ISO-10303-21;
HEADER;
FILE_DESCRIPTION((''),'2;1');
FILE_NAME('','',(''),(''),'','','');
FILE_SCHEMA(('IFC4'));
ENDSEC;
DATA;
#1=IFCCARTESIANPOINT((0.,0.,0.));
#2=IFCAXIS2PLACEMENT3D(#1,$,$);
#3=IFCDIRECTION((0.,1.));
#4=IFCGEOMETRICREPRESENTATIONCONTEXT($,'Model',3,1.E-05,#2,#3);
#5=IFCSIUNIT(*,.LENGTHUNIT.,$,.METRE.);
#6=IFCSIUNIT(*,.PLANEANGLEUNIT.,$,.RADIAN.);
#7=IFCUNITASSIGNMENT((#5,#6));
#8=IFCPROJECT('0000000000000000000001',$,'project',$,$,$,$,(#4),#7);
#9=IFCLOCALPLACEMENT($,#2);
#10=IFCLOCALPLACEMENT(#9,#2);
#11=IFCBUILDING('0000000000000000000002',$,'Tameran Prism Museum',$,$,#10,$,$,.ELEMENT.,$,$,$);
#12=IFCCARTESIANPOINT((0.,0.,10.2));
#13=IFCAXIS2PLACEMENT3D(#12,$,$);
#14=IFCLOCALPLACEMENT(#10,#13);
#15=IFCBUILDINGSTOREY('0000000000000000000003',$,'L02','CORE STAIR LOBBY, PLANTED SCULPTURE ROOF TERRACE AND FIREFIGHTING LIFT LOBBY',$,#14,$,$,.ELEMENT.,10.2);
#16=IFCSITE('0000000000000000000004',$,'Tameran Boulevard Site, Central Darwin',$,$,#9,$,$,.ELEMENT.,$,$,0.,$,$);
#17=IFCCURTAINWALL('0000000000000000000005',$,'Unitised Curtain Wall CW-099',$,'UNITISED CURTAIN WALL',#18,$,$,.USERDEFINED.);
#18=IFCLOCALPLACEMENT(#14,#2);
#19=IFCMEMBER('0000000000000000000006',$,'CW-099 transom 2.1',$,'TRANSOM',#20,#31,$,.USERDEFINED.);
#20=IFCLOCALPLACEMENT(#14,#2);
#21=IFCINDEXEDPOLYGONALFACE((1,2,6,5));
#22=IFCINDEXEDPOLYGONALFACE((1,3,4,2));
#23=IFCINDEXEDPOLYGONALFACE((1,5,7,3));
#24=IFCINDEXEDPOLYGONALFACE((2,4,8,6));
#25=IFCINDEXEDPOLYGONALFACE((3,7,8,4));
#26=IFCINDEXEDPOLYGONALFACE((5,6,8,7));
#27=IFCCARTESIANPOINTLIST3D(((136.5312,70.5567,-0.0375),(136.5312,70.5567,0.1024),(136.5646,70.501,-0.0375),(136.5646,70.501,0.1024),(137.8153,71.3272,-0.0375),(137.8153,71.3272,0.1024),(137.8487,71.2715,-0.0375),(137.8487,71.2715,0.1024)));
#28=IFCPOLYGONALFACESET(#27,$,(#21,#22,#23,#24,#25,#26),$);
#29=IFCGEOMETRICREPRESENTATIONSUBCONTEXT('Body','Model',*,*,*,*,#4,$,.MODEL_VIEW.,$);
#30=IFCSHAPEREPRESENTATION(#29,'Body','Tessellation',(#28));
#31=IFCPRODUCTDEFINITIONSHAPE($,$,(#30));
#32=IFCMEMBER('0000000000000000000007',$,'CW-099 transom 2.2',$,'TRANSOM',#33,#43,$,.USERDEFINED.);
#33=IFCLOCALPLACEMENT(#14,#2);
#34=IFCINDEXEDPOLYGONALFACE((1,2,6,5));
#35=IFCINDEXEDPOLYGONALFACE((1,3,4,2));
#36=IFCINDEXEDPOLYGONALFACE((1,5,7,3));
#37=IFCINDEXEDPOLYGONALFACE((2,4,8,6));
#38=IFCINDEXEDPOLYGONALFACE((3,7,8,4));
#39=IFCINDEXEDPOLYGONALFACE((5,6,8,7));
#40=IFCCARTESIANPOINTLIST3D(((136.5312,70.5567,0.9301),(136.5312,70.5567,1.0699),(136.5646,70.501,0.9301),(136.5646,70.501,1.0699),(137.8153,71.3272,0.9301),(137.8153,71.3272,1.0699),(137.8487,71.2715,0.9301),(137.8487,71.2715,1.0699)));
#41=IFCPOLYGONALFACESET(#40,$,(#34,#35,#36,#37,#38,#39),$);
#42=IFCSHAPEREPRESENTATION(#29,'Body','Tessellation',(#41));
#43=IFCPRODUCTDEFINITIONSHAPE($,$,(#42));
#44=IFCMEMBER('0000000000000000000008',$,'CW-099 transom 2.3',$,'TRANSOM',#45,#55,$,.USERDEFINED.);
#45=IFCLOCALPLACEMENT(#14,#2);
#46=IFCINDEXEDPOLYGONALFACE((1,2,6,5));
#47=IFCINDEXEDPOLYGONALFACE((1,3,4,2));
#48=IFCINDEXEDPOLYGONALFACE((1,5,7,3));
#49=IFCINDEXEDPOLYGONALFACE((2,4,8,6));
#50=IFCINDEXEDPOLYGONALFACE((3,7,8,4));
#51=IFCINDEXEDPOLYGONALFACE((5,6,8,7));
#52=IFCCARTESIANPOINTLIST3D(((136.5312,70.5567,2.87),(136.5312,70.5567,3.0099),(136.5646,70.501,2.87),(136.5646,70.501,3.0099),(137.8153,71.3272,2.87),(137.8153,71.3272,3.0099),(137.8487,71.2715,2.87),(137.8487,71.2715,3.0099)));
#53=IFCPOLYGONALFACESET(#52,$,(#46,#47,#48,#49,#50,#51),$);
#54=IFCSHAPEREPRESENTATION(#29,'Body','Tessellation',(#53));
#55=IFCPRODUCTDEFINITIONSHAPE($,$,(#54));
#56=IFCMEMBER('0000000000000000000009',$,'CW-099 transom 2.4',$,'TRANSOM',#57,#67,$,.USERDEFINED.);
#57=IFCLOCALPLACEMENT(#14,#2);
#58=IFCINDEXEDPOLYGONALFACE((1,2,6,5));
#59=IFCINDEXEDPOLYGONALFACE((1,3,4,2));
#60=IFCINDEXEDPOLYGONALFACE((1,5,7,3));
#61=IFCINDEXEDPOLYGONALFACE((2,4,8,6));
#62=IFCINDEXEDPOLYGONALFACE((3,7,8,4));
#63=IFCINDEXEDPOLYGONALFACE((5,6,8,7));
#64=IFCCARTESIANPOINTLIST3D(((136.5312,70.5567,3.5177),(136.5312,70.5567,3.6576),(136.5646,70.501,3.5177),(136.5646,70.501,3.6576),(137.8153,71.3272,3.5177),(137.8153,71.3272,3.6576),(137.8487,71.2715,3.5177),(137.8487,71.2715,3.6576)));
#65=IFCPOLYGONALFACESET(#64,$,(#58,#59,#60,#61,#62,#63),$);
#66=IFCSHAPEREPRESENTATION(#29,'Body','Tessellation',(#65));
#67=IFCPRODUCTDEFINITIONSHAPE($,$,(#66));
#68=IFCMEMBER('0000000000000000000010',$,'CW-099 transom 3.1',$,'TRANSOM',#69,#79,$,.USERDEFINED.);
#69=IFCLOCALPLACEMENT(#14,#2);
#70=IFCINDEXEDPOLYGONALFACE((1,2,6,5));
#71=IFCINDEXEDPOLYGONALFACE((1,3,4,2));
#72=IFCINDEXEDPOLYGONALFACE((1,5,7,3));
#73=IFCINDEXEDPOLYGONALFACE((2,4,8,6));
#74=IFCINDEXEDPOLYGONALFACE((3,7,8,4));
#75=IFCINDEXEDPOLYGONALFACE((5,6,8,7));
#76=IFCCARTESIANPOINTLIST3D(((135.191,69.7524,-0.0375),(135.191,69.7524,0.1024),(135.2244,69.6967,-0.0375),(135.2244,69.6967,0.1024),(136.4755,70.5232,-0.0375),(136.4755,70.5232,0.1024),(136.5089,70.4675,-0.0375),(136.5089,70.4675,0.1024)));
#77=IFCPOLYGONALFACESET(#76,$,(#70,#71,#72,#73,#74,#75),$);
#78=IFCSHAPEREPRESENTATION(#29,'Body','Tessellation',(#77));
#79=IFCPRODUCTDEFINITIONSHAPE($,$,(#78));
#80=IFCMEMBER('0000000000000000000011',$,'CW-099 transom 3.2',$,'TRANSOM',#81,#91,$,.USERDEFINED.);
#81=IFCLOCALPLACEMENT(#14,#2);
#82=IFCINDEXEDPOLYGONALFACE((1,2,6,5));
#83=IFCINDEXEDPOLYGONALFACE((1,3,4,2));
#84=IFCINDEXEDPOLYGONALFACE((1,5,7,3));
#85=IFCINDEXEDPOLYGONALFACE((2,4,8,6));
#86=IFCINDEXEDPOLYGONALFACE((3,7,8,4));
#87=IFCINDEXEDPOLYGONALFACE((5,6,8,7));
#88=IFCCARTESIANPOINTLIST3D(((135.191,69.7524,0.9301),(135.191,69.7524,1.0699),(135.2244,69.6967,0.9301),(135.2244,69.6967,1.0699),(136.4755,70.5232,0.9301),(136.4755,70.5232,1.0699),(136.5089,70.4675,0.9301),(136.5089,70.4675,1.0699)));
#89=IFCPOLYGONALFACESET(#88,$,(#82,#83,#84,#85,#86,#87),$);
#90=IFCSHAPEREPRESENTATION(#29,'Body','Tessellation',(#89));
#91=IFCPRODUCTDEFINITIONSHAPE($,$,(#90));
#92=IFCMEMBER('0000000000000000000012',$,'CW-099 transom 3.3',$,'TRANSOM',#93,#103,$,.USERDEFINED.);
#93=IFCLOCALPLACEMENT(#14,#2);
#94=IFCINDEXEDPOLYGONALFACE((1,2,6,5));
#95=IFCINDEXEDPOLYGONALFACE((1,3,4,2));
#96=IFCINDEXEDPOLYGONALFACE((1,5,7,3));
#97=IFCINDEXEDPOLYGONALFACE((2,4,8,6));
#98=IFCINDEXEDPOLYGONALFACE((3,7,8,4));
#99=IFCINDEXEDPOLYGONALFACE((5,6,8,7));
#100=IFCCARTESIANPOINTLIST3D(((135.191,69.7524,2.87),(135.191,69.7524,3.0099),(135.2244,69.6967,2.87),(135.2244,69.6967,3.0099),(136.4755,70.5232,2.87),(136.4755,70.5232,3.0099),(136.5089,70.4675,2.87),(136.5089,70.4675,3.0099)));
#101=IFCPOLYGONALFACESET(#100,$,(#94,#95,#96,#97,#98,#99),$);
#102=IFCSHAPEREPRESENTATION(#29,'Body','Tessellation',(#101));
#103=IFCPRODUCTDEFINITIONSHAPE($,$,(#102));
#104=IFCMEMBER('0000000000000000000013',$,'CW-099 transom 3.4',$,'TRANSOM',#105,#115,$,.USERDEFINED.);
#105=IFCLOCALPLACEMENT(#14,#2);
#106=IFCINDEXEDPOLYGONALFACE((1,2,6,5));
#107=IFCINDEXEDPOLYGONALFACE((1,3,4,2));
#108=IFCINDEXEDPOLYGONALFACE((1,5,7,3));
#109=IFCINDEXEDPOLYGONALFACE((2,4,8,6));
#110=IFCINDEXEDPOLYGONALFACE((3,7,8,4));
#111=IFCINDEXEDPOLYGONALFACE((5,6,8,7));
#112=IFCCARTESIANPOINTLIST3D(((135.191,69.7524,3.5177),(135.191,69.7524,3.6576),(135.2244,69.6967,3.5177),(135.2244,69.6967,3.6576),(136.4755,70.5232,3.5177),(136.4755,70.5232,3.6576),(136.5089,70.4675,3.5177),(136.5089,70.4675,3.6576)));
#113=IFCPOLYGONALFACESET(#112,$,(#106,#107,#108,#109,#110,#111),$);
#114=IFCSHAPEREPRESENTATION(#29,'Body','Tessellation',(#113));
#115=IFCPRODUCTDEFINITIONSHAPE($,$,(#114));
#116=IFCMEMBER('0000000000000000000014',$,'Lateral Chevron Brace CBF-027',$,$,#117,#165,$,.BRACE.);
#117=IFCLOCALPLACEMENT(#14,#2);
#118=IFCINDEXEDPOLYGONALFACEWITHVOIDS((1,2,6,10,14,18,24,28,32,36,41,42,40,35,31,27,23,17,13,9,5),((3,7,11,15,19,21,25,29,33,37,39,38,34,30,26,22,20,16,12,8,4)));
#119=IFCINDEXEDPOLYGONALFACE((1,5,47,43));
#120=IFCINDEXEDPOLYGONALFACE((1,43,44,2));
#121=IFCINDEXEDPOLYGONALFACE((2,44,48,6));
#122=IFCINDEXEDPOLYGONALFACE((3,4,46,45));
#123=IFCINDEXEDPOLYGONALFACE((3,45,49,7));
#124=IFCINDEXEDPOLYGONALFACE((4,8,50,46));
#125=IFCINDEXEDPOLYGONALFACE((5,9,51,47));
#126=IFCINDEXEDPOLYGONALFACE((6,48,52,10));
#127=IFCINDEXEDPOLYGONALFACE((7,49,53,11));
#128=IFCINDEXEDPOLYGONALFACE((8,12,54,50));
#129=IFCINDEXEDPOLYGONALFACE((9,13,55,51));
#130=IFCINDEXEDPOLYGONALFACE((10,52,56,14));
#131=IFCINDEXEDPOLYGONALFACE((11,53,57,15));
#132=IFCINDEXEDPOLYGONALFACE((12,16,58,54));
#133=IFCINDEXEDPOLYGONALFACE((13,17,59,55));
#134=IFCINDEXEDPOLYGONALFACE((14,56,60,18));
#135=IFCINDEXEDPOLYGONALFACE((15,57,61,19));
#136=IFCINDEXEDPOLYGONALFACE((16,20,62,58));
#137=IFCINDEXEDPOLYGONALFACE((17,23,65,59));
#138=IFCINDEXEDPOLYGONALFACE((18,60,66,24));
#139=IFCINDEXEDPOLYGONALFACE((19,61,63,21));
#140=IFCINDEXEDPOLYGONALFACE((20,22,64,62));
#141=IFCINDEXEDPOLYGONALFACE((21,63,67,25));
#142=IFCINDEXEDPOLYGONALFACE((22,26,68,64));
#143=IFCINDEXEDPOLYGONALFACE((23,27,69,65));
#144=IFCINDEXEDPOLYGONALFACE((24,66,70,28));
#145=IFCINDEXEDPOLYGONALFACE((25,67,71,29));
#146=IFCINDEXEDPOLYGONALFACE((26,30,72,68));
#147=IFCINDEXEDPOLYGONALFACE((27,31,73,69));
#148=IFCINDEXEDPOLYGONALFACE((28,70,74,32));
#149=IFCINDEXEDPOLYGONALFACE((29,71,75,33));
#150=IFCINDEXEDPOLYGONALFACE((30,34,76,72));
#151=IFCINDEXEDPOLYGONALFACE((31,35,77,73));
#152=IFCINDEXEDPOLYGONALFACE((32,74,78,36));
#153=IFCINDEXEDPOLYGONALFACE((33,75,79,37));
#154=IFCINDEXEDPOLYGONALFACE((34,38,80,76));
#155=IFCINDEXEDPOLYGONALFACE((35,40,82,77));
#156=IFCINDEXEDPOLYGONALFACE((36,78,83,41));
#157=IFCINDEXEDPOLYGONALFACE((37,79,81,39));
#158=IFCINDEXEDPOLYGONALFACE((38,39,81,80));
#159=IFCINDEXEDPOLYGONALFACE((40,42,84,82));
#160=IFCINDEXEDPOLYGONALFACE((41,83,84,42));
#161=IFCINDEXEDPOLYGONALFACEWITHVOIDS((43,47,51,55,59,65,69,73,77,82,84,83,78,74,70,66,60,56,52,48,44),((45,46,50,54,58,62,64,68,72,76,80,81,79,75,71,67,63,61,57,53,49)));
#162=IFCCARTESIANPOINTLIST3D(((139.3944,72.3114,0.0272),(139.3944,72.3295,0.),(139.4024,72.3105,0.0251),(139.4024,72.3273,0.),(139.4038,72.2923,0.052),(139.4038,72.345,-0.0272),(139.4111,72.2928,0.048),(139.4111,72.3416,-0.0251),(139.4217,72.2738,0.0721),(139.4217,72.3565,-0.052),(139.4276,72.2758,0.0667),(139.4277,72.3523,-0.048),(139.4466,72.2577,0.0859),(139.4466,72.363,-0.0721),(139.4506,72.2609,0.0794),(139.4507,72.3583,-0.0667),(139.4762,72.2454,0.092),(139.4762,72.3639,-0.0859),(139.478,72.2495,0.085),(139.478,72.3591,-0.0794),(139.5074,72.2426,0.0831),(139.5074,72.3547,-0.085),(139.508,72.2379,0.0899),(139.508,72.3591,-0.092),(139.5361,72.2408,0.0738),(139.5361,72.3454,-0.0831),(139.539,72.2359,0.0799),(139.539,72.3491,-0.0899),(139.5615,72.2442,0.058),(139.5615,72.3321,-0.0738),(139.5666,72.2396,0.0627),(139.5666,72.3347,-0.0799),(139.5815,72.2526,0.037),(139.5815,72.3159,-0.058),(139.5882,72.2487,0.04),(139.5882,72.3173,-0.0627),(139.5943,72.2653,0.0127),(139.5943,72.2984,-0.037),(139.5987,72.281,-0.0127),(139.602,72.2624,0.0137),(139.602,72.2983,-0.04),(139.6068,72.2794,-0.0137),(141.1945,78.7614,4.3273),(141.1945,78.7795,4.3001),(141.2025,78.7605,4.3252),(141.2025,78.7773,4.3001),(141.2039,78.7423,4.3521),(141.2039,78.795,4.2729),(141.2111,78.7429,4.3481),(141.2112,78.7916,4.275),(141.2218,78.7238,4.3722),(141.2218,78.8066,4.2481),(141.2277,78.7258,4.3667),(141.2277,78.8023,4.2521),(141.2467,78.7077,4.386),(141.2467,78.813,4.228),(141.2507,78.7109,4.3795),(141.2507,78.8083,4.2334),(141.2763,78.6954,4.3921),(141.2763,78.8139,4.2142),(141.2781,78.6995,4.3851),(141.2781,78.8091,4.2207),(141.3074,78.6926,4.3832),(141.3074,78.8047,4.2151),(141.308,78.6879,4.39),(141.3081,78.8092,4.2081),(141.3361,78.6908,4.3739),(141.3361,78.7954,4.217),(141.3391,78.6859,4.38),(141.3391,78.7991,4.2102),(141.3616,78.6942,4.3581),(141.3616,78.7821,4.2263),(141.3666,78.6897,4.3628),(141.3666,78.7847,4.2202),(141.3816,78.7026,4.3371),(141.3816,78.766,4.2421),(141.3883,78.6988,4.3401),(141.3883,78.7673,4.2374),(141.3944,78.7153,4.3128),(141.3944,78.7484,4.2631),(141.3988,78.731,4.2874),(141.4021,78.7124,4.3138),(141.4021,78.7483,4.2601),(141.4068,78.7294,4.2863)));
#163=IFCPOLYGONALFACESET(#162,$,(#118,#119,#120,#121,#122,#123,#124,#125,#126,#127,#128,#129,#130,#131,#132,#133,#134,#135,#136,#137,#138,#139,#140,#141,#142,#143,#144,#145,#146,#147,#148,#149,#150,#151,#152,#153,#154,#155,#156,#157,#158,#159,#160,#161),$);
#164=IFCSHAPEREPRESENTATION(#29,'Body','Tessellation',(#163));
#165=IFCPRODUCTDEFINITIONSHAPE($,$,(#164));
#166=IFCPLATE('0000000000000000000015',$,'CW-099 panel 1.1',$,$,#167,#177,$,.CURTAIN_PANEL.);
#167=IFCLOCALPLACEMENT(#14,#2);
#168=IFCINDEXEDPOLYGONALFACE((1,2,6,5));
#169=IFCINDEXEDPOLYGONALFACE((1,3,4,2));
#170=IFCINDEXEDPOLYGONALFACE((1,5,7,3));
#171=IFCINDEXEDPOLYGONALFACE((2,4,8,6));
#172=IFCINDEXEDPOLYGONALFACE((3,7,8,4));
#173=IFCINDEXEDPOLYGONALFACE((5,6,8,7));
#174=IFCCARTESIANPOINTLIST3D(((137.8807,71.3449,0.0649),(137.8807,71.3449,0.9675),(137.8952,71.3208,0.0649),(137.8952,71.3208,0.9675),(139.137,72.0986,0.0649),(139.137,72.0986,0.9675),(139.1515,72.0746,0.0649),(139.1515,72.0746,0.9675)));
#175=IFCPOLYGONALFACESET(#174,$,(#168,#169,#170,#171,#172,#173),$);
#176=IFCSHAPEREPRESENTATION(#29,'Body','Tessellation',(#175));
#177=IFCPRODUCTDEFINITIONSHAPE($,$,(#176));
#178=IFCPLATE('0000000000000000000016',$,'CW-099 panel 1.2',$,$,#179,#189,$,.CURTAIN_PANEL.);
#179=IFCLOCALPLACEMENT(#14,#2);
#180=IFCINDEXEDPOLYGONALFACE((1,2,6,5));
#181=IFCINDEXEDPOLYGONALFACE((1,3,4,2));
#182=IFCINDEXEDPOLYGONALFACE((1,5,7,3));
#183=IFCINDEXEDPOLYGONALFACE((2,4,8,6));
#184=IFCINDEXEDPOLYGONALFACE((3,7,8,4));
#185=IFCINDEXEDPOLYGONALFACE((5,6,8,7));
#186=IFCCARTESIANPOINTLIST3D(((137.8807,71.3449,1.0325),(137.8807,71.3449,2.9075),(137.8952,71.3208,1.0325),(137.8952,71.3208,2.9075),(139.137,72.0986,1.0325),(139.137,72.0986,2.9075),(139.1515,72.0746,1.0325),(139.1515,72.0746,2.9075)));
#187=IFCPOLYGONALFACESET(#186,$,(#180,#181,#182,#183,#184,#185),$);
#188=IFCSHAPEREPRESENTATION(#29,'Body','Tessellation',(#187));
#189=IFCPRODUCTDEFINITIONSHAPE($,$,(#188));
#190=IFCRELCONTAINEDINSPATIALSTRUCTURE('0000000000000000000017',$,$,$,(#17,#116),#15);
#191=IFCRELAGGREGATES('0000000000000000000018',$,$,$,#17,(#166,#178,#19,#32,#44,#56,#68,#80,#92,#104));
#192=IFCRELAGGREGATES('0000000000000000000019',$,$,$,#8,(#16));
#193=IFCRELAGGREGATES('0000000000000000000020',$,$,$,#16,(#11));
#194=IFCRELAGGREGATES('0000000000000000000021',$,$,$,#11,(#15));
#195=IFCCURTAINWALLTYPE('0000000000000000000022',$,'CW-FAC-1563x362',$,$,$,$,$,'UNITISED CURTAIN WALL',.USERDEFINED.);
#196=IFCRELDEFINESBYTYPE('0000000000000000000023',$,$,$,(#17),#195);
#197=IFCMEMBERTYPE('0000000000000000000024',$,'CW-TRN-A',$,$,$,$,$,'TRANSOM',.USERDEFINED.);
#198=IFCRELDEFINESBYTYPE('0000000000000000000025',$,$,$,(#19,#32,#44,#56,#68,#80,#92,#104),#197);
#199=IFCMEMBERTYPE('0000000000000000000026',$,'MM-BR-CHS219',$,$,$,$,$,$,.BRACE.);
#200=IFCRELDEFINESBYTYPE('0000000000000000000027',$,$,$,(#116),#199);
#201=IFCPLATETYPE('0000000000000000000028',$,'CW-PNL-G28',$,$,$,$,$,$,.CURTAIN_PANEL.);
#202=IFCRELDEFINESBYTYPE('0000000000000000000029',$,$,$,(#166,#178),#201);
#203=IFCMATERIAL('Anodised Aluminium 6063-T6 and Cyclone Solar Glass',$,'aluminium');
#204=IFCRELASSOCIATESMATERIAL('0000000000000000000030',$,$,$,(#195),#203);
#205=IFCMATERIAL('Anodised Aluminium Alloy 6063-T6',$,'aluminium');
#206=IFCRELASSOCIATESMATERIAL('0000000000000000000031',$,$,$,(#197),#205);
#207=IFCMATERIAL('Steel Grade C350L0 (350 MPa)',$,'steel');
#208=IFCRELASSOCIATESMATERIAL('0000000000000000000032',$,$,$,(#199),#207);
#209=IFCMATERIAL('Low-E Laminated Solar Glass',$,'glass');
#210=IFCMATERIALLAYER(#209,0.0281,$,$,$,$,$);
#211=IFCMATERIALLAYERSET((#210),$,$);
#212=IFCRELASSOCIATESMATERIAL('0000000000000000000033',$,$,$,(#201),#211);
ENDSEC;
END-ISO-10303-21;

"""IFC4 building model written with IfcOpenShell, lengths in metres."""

from ifc_helpers import new_model, si_unit, direction, frame, origin, origin_2d, place, context, subcontext, project, spatial, rectangle, hollow_circle, extrude, material, layer, layer_set, material_profile, profile_set, type_object, element, aggregate, save


model = new_model("IFC4")

# Units and contexts
model_context = context("Model", 3, precision=1e-05, world=origin(), true_north=direction((0.0, 1.0)))
body_context = subcontext(model_context, "Body", "Model", "MODEL_VIEW")
ifc_project = project(units=[si_unit("LENGTHUNIT", "METRE"), si_unit("PLANEANGLEUNIT", "RADIAN")], contexts=[model_context])

# Site, building, storey
site_placement = place(None, origin())
site = spatial("IfcSite", under=ifc_project, at=site_placement, Name="Tameran Boulevard Site, Central Darwin", CompositionType="ELEMENT", RefElevation=0.0)
building_placement = place(site_placement, origin())
building = spatial("IfcBuilding", under=site, at=building_placement, Name="Tameran Prism Museum", CompositionType="ELEMENT")
storey_placement = place(building_placement, frame((0.0, 0.0, 10.2)))
storey = spatial("IfcBuildingStorey", under=building, at=storey_placement, Name="L02", Description="CORE STAIR LOBBY, PLANTED SCULPTURE ROOF TERRACE AND FIREFIGHTING LIFT LOBBY", CompositionType="ELEMENT", Elevation=10.2)

# Curtain wall, members
ifc_material_1 = material(Name="Anodised Aluminium 6063-T6 and Cyclone Solar Glass", Category="aluminium")
curtain_wall_type = type_object("IfcCurtainWallType", Name="CW-FAC-1563x362", ElementType="UNITISED CURTAIN WALL", PredefinedType="USERDEFINED", material=ifc_material_1)
curtain_wall_placement = place(storey_placement, origin())
curtain_wall = element("IfcCurtainWall", 1, at=curtain_wall_placement, inside=storey, type_object=curtain_wall_type, Name="Unitised Curtain Wall CW-099", ObjectType="UNITISED CURTAIN WALL", PredefinedType="USERDEFINED")
ifc_material_2 = material(Name="Anodised Aluminium Alloy 6063-T6", Category="aluminium")
ifc_material_profile_1 = material_profile(ifc_material_2, rectangle(XDim=0.0649, YDim=0.1399, at=origin_2d()))
ifc_profile_set_1 = profile_set([ifc_material_profile_1])
member_type_1 = type_object("IfcMemberType", Name="CW-TRN-A", ElementType="TRANSOM", PredefinedType="USERDEFINED", material=ifc_profile_set_1)
member_1_placement = place(storey_placement, frame((137.832, 71.2993, 0.0325), z_axis=(-0.857493, -0.514496, 0.0), x_axis=(0.514496, -0.857493, 0.0)))
member_1 = element("IfcMember", 2, at=member_1_placement, type_object=member_type_1, Name="CW-099 transom 2.1", ObjectType="TRANSOM", PredefinedType="USERDEFINED", context=body_context, shape_type="SweptSolid", body=[
    extrude(rectangle(XDim=0.0649, YDim=0.1399, at=origin_2d()), origin(), (0.0, 0.0, 1.0), 1.4976),
])
member_2_placement = place(storey_placement, frame((137.832, 71.2993, 1.0), z_axis=(-0.857493, -0.514496, 0.0), x_axis=(0.514496, -0.857493, 0.0)))
member_2 = element("IfcMember", 3, at=member_2_placement, type_object=member_type_1, Name="CW-099 transom 2.2", ObjectType="TRANSOM", PredefinedType="USERDEFINED", context=body_context, shape_type="SweptSolid", body=[
    extrude(rectangle(XDim=0.0649, YDim=0.1399, at=origin_2d()), origin(), (0.0, 0.0, 1.0), 1.4976),
])
member_3_placement = place(storey_placement, frame((137.832, 71.2993, 2.9399), z_axis=(-0.857493, -0.514496, 0.0), x_axis=(0.514496, -0.857493, 0.0)))
member_3 = element("IfcMember", 4, at=member_3_placement, type_object=member_type_1, Name="CW-099 transom 2.3", ObjectType="TRANSOM", PredefinedType="USERDEFINED", context=body_context, shape_type="SweptSolid", body=[
    extrude(rectangle(XDim=0.0649, YDim=0.1399, at=origin_2d()), origin(), (0.0, 0.0, 1.0), 1.4976),
])
member_4_placement = place(storey_placement, frame((137.832, 71.2993, 3.5876), z_axis=(-0.857493, -0.514496, 0.0), x_axis=(0.514496, -0.857493, 0.0)))
member_4 = element("IfcMember", 5, at=member_4_placement, type_object=member_type_1, Name="CW-099 transom 2.4", ObjectType="TRANSOM", PredefinedType="USERDEFINED", context=body_context, shape_type="SweptSolid", body=[
    extrude(rectangle(XDim=0.0649, YDim=0.1399, at=origin_2d()), origin(), (0.0, 0.0, 1.0), 1.4976),
])
member_5_placement = place(storey_placement, frame((136.4922, 70.4954, 0.0325), z_axis=(-0.857464, -0.514544, 0.0), x_axis=(0.514544, -0.857464, 0.0)))
member_5 = element("IfcMember", 6, at=member_5_placement, type_object=member_type_1, Name="CW-099 transom 3.1", ObjectType="TRANSOM", PredefinedType="USERDEFINED", context=body_context, shape_type="SweptSolid", body=[
    extrude(rectangle(XDim=0.0649, YDim=0.1399, at=origin_2d()), origin(), (0.0, 0.0, 1.0), 1.498),
])
member_6_placement = place(storey_placement, frame((136.4922, 70.4954, 1.0), z_axis=(-0.857464, -0.514544, 0.0), x_axis=(0.514544, -0.857464, 0.0)))
member_6 = element("IfcMember", 7, at=member_6_placement, type_object=member_type_1, Name="CW-099 transom 3.2", ObjectType="TRANSOM", PredefinedType="USERDEFINED", context=body_context, shape_type="SweptSolid", body=[
    extrude(rectangle(XDim=0.0649, YDim=0.1399, at=origin_2d()), origin(), (0.0, 0.0, 1.0), 1.498),
])
member_7_placement = place(storey_placement, frame((136.4922, 70.4954, 2.9399), z_axis=(-0.857464, -0.514544, 0.0), x_axis=(0.514544, -0.857464, 0.0)))
member_7 = element("IfcMember", 8, at=member_7_placement, type_object=member_type_1, Name="CW-099 transom 3.3", ObjectType="TRANSOM", PredefinedType="USERDEFINED", context=body_context, shape_type="SweptSolid", body=[
    extrude(rectangle(XDim=0.0649, YDim=0.1399, at=origin_2d()), origin(), (0.0, 0.0, 1.0), 1.498),
])
member_8_placement = place(storey_placement, frame((136.4922, 70.4954, 3.5876), z_axis=(-0.857464, -0.514544, 0.0), x_axis=(0.514544, -0.857464, 0.0)))
member_8 = element("IfcMember", 9, at=member_8_placement, type_object=member_type_1, Name="CW-099 transom 3.4", ObjectType="TRANSOM", PredefinedType="USERDEFINED", context=body_context, shape_type="SweptSolid", body=[
    extrude(rectangle(XDim=0.0649, YDim=0.1399, at=origin_2d()), origin(), (0.0, 0.0, 1.0), 1.498),
])

# Member
ifc_material_3 = material(Name="Steel Grade C350L0 (350 MPa)", Category="steel")
ifc_material_profile_2 = material_profile(ifc_material_3, hollow_circle(Radius=0.1096, WallThickness=0.0083, at=origin_2d()))
ifc_profile_set_2 = profile_set([ifc_material_profile_2])
member_type_2 = type_object("IfcMemberType", Name="MM-BR-CHS219", PredefinedType="BRACE", material=ifc_profile_set_2)
member_9_placement = place(storey_placement, frame((139.5, 72.3, 0.0), z_axis=(0.226189, 0.810482, 0.540331), x_axis=(-0.963194, 0.268808, 0.0)))
element("IfcMember", 10, at=member_9_placement, inside=storey, type_object=member_type_2, Name="Lateral Chevron Brace CBF-027", PredefinedType="BRACE", context=body_context, shape_type="SweptSolid", body=[
    extrude(hollow_circle(Radius=0.1096, WallThickness=0.0083, at=origin_2d()), origin(), (0.0, 0.0, 1.0), 7.9583),
])

# Plates
ifc_material_4 = material(Name="Low-E Laminated Solar Glass", Category="glass")
ifc_layer_1 = layer(ifc_material_4, 0.0281)
ifc_layer_set_1 = layer_set([ifc_layer_1])
plate_type = type_object("IfcPlateType", Name="CW-PNL-G28", PredefinedType="CURTAIN_PANEL", material=ifc_layer_set_1)
plate_1_placement = place(storey_placement, frame((138.5161, 71.7097, 0.0649), z_axis=(0.0, 0.0, 1.0), x_axis=(-0.857493, -0.514496, 0.0)))
plate_1 = element("IfcPlate", 11, at=plate_1_placement, type_object=plate_type, Name="CW-099 panel 1.1", PredefinedType="CURTAIN_PANEL", context=body_context, shape_type="SweptSolid", body=[
    extrude(rectangle(XDim=1.4651, YDim=0.0281, at=origin_2d()), origin(), (0.0, 0.0, 1.0), 0.9026),
])
plate_2_placement = place(storey_placement, frame((138.5161, 71.7097, 1.0325), z_axis=(0.0, 0.0, 1.0), x_axis=(-0.857493, -0.514496, 0.0)))
plate_2 = element("IfcPlate", 12, at=plate_2_placement, type_object=plate_type, Name="CW-099 panel 1.2", PredefinedType="CURTAIN_PANEL", context=body_context, shape_type="SweptSolid", body=[
    extrude(rectangle(XDim=1.4651, YDim=0.0281, at=origin_2d()), origin(), (0.0, 0.0, 1.0), 1.875),
])
aggregate(curtain_wall, [plate_1, plate_2, member_1, member_2, member_3, member_4, member_5, member_6, member_7, member_8])

save(model, "model.ifc")
